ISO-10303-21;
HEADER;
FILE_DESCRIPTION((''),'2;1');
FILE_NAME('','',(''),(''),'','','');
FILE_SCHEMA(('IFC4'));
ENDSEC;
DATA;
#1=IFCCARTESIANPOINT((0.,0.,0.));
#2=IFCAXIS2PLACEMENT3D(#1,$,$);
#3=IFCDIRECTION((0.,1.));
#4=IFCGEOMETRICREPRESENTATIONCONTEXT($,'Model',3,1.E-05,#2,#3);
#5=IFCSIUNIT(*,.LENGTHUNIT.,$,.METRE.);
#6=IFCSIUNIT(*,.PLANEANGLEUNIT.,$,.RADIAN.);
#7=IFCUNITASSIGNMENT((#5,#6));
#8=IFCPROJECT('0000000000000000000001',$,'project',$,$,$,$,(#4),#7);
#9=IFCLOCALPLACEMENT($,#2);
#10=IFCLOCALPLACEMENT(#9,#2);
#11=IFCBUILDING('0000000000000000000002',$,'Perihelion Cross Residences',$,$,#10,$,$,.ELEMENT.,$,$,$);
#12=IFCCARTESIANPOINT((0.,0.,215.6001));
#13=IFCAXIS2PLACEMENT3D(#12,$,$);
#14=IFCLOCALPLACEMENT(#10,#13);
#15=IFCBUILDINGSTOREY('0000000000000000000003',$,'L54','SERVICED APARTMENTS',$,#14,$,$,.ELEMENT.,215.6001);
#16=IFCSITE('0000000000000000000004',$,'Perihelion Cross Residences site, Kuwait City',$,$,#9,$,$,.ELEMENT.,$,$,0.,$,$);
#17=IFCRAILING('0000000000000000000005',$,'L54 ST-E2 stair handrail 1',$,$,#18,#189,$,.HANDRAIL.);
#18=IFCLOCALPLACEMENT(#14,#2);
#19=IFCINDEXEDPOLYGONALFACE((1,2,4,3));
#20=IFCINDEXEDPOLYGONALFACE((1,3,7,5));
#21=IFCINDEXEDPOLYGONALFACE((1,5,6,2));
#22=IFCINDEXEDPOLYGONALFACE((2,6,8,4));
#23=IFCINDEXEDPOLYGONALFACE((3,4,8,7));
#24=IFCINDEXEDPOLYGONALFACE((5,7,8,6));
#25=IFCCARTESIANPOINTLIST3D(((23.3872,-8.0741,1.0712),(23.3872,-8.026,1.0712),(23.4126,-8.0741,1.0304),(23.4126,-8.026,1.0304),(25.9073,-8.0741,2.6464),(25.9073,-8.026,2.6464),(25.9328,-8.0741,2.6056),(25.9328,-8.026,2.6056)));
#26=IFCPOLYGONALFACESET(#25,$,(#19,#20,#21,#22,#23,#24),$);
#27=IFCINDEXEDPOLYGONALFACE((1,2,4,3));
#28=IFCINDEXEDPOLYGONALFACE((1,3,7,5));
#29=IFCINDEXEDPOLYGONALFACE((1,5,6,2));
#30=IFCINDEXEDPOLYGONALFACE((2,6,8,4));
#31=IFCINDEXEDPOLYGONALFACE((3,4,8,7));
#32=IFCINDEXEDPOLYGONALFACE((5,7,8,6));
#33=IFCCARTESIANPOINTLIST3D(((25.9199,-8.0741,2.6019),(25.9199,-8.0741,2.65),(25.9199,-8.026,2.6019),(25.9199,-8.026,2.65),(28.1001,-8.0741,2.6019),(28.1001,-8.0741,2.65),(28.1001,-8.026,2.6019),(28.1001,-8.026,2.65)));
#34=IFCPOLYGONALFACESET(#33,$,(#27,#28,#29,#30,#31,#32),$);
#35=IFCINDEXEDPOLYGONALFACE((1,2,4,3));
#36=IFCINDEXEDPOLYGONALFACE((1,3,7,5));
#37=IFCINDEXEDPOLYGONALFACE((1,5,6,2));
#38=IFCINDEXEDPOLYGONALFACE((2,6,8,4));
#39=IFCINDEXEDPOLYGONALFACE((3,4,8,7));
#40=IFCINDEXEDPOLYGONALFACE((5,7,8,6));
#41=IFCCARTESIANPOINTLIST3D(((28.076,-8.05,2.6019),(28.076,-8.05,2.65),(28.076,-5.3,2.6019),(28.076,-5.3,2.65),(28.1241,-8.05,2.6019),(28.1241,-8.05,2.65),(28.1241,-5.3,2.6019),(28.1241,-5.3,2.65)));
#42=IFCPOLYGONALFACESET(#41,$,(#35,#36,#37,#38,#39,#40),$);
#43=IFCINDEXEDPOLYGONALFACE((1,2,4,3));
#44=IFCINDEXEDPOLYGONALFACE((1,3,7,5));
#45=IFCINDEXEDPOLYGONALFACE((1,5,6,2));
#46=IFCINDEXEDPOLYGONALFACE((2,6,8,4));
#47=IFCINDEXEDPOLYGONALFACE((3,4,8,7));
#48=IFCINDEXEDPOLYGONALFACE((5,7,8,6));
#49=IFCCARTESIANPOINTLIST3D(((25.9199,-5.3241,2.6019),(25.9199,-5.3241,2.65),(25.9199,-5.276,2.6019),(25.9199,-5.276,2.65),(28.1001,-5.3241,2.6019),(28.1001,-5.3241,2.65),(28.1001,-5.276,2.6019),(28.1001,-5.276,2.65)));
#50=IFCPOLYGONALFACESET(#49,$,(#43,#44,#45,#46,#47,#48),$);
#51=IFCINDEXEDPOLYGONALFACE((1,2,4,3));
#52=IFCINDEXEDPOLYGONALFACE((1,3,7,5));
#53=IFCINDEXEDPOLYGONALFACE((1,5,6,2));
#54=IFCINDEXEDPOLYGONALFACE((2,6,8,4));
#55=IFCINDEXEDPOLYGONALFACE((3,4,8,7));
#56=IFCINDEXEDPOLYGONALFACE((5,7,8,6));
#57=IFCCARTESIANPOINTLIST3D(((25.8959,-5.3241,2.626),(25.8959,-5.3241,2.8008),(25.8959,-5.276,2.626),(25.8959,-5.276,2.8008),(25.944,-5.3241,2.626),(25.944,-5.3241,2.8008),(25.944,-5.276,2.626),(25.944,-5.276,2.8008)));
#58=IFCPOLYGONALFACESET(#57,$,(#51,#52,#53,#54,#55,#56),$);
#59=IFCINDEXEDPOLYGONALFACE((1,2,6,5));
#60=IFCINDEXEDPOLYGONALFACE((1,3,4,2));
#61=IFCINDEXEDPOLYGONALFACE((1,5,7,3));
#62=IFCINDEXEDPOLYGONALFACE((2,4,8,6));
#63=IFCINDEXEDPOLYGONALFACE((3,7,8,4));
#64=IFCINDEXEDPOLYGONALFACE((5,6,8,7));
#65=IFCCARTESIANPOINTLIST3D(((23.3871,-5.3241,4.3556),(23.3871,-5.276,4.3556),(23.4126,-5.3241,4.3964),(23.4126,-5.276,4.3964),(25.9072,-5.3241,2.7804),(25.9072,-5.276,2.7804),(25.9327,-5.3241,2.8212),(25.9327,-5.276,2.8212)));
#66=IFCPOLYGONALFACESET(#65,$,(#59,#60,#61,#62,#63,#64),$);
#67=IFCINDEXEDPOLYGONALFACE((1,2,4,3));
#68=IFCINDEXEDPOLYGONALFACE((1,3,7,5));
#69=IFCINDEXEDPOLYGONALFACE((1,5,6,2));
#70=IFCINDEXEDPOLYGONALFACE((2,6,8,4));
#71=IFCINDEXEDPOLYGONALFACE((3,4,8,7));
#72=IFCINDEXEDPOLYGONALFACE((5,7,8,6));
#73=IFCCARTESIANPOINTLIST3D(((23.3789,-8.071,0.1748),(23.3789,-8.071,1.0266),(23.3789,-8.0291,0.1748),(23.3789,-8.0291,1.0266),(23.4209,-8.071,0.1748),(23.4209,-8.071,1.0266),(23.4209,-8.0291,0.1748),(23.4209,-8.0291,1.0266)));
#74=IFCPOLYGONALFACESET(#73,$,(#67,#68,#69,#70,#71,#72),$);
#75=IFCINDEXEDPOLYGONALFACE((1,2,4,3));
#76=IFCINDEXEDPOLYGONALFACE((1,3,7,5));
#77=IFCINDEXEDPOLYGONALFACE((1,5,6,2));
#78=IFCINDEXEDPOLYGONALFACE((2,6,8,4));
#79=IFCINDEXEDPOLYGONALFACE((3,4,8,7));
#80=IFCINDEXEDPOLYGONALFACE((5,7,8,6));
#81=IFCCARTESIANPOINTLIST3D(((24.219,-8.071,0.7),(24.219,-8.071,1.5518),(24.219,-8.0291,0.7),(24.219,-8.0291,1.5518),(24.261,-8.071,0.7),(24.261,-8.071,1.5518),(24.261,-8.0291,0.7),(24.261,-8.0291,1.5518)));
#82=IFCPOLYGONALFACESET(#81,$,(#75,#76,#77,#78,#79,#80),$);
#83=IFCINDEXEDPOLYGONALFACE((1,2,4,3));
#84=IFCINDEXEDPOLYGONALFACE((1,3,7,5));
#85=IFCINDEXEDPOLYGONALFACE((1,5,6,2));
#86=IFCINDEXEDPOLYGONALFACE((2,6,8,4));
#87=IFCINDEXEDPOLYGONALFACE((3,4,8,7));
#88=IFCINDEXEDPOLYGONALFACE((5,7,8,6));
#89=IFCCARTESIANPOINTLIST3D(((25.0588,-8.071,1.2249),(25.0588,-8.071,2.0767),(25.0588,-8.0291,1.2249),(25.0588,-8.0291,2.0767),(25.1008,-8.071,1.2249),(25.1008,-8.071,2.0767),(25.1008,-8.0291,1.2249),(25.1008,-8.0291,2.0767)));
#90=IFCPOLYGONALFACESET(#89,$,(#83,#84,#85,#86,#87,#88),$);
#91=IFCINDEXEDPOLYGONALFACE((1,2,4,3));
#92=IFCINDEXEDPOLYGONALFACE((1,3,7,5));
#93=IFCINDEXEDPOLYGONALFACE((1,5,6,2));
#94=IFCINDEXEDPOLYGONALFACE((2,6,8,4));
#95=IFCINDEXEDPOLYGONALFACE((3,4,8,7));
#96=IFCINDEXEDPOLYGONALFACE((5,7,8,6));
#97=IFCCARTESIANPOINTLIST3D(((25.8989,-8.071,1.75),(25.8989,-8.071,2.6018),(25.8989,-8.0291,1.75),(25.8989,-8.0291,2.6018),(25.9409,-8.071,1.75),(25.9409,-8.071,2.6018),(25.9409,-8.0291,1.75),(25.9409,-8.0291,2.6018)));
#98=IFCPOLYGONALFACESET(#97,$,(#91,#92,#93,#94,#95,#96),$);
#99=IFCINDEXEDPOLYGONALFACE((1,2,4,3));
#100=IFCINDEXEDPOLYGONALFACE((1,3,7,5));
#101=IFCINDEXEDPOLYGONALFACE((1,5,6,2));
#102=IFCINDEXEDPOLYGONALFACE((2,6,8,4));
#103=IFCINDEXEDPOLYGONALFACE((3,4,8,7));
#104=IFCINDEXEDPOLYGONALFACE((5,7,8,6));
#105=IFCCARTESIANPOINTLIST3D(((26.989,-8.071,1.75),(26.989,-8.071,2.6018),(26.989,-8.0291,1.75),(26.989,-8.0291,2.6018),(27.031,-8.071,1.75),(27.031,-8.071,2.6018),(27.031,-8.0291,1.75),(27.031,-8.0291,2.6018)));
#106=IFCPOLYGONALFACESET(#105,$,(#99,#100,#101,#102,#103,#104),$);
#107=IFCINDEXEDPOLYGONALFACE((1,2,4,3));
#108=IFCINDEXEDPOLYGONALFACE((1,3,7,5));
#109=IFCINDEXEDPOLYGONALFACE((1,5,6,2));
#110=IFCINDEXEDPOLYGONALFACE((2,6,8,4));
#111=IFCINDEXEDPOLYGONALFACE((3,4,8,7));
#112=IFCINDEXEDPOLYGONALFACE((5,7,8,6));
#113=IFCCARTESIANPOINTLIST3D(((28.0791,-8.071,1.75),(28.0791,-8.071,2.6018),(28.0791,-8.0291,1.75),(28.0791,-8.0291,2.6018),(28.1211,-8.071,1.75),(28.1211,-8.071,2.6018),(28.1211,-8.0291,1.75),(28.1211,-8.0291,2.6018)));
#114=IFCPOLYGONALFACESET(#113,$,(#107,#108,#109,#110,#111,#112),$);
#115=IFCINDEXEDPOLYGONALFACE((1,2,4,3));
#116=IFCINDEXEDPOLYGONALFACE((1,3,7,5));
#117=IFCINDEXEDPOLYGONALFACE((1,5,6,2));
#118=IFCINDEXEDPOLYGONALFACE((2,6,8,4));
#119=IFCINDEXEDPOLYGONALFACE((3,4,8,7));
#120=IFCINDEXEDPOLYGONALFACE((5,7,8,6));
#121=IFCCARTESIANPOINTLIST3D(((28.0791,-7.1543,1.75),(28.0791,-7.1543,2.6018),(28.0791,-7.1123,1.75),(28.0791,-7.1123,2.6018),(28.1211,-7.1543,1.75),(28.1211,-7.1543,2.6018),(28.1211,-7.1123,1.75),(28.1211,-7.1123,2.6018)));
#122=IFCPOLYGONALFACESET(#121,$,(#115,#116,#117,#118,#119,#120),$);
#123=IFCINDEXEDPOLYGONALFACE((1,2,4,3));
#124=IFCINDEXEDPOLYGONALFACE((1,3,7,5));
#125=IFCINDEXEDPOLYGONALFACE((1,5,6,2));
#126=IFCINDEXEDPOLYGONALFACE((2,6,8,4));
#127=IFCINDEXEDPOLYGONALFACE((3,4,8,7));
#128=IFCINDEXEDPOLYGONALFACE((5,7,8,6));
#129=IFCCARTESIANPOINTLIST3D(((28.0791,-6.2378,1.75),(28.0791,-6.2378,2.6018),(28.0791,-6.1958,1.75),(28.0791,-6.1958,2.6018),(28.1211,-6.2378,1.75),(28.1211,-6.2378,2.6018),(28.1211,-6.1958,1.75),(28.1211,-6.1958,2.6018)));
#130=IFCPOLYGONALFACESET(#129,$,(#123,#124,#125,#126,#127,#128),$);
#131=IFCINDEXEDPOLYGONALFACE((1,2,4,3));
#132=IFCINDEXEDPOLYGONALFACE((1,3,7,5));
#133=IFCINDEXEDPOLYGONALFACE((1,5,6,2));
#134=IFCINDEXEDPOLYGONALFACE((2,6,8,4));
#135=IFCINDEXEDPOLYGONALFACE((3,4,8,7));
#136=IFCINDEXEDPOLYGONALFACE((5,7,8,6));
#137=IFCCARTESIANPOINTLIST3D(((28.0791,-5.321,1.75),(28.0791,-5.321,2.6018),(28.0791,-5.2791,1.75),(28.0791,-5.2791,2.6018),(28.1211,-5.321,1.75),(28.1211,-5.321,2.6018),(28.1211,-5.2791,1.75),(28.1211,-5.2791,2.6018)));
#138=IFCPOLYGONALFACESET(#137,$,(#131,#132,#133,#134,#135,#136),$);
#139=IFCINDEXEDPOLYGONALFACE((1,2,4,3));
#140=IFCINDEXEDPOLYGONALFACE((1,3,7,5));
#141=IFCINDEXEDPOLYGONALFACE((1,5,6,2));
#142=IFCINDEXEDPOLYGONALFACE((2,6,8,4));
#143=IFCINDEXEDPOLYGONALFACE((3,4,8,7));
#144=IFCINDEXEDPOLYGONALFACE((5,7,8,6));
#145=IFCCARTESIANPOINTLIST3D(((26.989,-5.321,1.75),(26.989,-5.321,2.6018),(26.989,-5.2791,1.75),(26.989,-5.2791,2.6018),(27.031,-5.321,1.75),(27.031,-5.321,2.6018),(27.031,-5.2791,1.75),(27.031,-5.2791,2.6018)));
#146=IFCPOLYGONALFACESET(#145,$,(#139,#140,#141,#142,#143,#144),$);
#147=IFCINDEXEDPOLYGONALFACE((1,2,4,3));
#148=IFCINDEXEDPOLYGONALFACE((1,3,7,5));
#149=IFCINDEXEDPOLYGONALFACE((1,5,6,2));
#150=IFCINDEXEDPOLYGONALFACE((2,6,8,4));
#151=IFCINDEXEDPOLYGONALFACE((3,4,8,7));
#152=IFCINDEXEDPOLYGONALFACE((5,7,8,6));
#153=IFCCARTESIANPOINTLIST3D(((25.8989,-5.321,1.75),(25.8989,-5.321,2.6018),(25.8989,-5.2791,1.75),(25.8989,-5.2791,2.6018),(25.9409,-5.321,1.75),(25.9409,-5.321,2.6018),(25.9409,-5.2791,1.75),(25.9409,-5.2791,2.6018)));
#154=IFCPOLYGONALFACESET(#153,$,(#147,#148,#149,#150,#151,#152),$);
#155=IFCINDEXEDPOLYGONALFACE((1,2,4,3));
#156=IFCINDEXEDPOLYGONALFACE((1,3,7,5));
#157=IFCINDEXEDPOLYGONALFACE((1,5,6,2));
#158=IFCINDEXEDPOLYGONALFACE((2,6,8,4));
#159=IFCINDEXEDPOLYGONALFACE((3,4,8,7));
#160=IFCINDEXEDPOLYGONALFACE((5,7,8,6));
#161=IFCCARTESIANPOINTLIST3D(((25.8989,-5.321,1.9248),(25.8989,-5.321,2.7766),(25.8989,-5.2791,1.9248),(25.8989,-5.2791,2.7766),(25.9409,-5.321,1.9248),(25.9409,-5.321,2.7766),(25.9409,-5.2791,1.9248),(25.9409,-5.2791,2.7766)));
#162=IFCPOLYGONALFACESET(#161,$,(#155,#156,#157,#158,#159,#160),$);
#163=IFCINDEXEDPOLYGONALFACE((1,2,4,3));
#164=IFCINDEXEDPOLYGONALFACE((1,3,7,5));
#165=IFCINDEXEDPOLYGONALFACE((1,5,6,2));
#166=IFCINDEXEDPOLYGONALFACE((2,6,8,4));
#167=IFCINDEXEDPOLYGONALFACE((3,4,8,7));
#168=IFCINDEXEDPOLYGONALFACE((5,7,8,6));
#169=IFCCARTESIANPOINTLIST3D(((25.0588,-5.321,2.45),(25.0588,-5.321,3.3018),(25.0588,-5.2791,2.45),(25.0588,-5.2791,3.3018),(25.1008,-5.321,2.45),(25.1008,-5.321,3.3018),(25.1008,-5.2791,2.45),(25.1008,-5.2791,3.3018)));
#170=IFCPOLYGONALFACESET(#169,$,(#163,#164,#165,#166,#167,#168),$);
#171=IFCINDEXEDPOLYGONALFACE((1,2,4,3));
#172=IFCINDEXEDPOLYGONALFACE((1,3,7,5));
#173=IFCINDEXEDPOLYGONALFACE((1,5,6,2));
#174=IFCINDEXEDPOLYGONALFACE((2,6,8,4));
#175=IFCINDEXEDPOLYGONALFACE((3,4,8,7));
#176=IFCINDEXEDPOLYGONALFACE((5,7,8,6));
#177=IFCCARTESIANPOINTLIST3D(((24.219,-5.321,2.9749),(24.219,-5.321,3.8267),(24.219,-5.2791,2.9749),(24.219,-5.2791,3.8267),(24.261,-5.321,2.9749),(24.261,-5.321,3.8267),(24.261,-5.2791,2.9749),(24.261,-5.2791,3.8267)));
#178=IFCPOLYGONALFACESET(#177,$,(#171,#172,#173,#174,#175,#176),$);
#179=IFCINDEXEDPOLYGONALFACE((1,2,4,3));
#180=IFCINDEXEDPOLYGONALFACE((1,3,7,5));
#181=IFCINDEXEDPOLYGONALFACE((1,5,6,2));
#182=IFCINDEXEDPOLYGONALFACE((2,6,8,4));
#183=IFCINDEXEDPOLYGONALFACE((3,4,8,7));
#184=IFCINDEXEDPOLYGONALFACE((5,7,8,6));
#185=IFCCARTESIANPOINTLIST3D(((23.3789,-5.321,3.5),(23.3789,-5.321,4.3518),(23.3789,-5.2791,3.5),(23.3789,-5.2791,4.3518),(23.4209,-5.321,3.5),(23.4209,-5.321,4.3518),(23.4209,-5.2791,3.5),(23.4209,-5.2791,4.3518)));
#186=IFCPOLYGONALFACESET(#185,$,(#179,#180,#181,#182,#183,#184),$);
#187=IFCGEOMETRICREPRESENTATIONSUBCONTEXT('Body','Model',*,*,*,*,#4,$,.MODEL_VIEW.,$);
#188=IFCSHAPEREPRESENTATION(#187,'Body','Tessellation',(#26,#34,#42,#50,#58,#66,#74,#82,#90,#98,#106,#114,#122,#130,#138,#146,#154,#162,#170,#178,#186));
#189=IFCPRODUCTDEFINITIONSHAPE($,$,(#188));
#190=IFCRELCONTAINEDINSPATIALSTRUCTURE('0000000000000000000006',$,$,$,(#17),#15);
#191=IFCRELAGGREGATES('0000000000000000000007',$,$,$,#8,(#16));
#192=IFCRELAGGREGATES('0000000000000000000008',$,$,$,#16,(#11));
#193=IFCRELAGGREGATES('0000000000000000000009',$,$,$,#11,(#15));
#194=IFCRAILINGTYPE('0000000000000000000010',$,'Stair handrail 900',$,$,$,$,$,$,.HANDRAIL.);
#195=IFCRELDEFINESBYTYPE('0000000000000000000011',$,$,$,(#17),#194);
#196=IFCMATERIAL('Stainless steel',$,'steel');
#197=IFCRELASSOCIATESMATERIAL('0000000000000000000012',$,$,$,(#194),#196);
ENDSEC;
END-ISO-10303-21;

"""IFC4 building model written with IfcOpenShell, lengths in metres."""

from ifc_helpers import new_model, si_unit, direction, frame, origin, origin_2d, place, context, subcontext, project, spatial, rectangle, extrude, material, type_object, element, save


model = new_model("IFC4")

# Units and contexts
model_context = context("Model", 3, precision=1e-05, world=origin(), true_north=direction((0.0, 1.0)))
body_context = subcontext(model_context, "Body", "Model", "MODEL_VIEW")
ifc_project = project(units=[si_unit("LENGTHUNIT", "METRE"), si_unit("PLANEANGLEUNIT", "RADIAN")], contexts=[model_context])

# Site, building, storey
site_placement = place(None, origin())
site = spatial("IfcSite", under=ifc_project, at=site_placement, Name="Perihelion Cross Residences site, Kuwait City", CompositionType="ELEMENT", RefElevation=0.0)
building_placement = place(site_placement, origin())
building = spatial("IfcBuilding", under=site, at=building_placement, Name="Perihelion Cross Residences", CompositionType="ELEMENT")
storey_placement = place(building_placement, frame((0.0, 0.0, 215.6001)))
storey = spatial("IfcBuildingStorey", under=building, at=storey_placement, Name="L54", Description="SERVICED APARTMENTS", CompositionType="ELEMENT", Elevation=215.6001)

# Railing
ifc_material_1 = material(Name="Stainless steel", Category="steel")
railing_type_1 = type_object("IfcRailingType", Name="Stair handrail 900", PredefinedType="HANDRAIL", material=ifc_material_1)
railing_1_placement = place(storey_placement, frame((23.3999, -8.05, 0.1748)))
element("IfcRailing", 1, at=railing_1_placement, inside=storey, type_object=railing_type_1, Name="L54 ST-E2 stair handrail 1", PredefinedType="HANDRAIL", context=body_context, shape_type="SweptSolid", body=[
    extrude(rectangle(XDim=0.0481, YDim=0.0481, at=origin_2d()), frame((0.0, 0.0, 0.876), z_axis=(0.847971, 0.0, 0.530043), x_axis=(0.0, 1.0, 0.0)), (0.0, 0.0, 1.0), 2.9719),
    extrude(rectangle(XDim=0.0481, YDim=0.0481, at=origin_2d()), frame((2.52, 0.0, 2.4512), z_axis=(1.0, 0.0, 0.0), x_axis=(0.0, 1.0, 0.0)), (0.0, 0.0, 1.0), 2.1802),
    extrude(rectangle(XDim=0.0481, YDim=0.0481, at=origin_2d()), frame((4.7002, 0.0, 2.4512), z_axis=(0.0, 1.0, 0.0), x_axis=(-1.0, 0.0, 0.0)), (0.0, 0.0, 1.0), 2.75),
    extrude(rectangle(XDim=0.0481, YDim=0.0481, at=origin_2d()), frame((4.7002, 2.75, 2.4512), z_axis=(-1.0, 0.0, 0.0), x_axis=(0.0, -1.0, 0.0)), (0.0, 0.0, 1.0), 2.1802),
    extrude(rectangle(XDim=0.0481, YDim=0.0481, at=origin_2d()), frame((2.52, 2.75, 2.4512), z_axis=(0.0, 0.0, 1.0), x_axis=(1.0, 0.0, 0.0)), (0.0, 0.0, 1.0), 0.1748),
    extrude(rectangle(XDim=0.0481, YDim=0.0481, at=origin_2d()), frame((2.52, 2.75, 2.626), z_axis=(-0.847971, 0.0, 0.530043), x_axis=(0.0, -1.0, 0.0)), (0.0, 0.0, 1.0), 2.9719),
    extrude(rectangle(XDim=0.042, YDim=0.042, at=origin_2d()), origin(), (0.0, 0.0, 1.0), 0.8518),
    extrude(rectangle(XDim=0.042, YDim=0.042, at=origin_2d()), frame((0.8401, 0.0, 0.5251)), (0.0, 0.0, 1.0), 0.8518),
    extrude(rectangle(XDim=0.042, YDim=0.042, at=origin_2d()), frame((1.6799, 0.0, 1.05)), (0.0, 0.0, 1.0), 0.8518),
    extrude(rectangle(XDim=0.042, YDim=0.042, at=origin_2d()), frame((2.52, 0.0, 1.5752)), (0.0, 0.0, 1.0), 0.8518),
    extrude(rectangle(XDim=0.042, YDim=0.042, at=origin_2d()), frame((3.6101, 0.0, 1.5752)), (0.0, 0.0, 1.0), 0.8518),
    extrude(rectangle(XDim=0.042, YDim=0.042, at=origin_2d()), frame((4.7002, 0.0, 1.5752)), (0.0, 0.0, 1.0), 0.8518),
    extrude(rectangle(XDim=0.042, YDim=0.042, at=origin_2d()), frame((4.7002, 0.9167, 1.5752)), (0.0, 0.0, 1.0), 0.8518),
    extrude(rectangle(XDim=0.042, YDim=0.042, at=origin_2d()), frame((4.7002, 1.8333, 1.5752)), (0.0, 0.0, 1.0), 0.8518),
    extrude(rectangle(XDim=0.042, YDim=0.042, at=origin_2d()), frame((4.7002, 2.75, 1.5752)), (0.0, 0.0, 1.0), 0.8518),
    extrude(rectangle(XDim=0.042, YDim=0.042, at=origin_2d()), frame((3.6101, 2.75, 1.5752)), (0.0, 0.0, 1.0), 0.8518),
    extrude(rectangle(XDim=0.042, YDim=0.042, at=origin_2d()), frame((2.52, 2.75, 1.5752)), (0.0, 0.0, 1.0), 0.8518),
    extrude(rectangle(XDim=0.042, YDim=0.042, at=origin_2d()), frame((2.52, 2.75, 1.75)), (0.0, 0.0, 1.0), 0.8518),
    extrude(rectangle(XDim=0.042, YDim=0.042, at=origin_2d()), frame((1.6799, 2.75, 2.2751)), (0.0, 0.0, 1.0), 0.8518),
    extrude(rectangle(XDim=0.042, YDim=0.042, at=origin_2d()), frame((0.8401, 2.75, 2.8)), (0.0, 0.0, 1.0), 0.8518),
    extrude(rectangle(XDim=0.042, YDim=0.042, at=origin_2d()), frame((0.0, 2.75, 3.3252)), (0.0, 0.0, 1.0), 0.8518),
])

save(model, "model.ifc")
